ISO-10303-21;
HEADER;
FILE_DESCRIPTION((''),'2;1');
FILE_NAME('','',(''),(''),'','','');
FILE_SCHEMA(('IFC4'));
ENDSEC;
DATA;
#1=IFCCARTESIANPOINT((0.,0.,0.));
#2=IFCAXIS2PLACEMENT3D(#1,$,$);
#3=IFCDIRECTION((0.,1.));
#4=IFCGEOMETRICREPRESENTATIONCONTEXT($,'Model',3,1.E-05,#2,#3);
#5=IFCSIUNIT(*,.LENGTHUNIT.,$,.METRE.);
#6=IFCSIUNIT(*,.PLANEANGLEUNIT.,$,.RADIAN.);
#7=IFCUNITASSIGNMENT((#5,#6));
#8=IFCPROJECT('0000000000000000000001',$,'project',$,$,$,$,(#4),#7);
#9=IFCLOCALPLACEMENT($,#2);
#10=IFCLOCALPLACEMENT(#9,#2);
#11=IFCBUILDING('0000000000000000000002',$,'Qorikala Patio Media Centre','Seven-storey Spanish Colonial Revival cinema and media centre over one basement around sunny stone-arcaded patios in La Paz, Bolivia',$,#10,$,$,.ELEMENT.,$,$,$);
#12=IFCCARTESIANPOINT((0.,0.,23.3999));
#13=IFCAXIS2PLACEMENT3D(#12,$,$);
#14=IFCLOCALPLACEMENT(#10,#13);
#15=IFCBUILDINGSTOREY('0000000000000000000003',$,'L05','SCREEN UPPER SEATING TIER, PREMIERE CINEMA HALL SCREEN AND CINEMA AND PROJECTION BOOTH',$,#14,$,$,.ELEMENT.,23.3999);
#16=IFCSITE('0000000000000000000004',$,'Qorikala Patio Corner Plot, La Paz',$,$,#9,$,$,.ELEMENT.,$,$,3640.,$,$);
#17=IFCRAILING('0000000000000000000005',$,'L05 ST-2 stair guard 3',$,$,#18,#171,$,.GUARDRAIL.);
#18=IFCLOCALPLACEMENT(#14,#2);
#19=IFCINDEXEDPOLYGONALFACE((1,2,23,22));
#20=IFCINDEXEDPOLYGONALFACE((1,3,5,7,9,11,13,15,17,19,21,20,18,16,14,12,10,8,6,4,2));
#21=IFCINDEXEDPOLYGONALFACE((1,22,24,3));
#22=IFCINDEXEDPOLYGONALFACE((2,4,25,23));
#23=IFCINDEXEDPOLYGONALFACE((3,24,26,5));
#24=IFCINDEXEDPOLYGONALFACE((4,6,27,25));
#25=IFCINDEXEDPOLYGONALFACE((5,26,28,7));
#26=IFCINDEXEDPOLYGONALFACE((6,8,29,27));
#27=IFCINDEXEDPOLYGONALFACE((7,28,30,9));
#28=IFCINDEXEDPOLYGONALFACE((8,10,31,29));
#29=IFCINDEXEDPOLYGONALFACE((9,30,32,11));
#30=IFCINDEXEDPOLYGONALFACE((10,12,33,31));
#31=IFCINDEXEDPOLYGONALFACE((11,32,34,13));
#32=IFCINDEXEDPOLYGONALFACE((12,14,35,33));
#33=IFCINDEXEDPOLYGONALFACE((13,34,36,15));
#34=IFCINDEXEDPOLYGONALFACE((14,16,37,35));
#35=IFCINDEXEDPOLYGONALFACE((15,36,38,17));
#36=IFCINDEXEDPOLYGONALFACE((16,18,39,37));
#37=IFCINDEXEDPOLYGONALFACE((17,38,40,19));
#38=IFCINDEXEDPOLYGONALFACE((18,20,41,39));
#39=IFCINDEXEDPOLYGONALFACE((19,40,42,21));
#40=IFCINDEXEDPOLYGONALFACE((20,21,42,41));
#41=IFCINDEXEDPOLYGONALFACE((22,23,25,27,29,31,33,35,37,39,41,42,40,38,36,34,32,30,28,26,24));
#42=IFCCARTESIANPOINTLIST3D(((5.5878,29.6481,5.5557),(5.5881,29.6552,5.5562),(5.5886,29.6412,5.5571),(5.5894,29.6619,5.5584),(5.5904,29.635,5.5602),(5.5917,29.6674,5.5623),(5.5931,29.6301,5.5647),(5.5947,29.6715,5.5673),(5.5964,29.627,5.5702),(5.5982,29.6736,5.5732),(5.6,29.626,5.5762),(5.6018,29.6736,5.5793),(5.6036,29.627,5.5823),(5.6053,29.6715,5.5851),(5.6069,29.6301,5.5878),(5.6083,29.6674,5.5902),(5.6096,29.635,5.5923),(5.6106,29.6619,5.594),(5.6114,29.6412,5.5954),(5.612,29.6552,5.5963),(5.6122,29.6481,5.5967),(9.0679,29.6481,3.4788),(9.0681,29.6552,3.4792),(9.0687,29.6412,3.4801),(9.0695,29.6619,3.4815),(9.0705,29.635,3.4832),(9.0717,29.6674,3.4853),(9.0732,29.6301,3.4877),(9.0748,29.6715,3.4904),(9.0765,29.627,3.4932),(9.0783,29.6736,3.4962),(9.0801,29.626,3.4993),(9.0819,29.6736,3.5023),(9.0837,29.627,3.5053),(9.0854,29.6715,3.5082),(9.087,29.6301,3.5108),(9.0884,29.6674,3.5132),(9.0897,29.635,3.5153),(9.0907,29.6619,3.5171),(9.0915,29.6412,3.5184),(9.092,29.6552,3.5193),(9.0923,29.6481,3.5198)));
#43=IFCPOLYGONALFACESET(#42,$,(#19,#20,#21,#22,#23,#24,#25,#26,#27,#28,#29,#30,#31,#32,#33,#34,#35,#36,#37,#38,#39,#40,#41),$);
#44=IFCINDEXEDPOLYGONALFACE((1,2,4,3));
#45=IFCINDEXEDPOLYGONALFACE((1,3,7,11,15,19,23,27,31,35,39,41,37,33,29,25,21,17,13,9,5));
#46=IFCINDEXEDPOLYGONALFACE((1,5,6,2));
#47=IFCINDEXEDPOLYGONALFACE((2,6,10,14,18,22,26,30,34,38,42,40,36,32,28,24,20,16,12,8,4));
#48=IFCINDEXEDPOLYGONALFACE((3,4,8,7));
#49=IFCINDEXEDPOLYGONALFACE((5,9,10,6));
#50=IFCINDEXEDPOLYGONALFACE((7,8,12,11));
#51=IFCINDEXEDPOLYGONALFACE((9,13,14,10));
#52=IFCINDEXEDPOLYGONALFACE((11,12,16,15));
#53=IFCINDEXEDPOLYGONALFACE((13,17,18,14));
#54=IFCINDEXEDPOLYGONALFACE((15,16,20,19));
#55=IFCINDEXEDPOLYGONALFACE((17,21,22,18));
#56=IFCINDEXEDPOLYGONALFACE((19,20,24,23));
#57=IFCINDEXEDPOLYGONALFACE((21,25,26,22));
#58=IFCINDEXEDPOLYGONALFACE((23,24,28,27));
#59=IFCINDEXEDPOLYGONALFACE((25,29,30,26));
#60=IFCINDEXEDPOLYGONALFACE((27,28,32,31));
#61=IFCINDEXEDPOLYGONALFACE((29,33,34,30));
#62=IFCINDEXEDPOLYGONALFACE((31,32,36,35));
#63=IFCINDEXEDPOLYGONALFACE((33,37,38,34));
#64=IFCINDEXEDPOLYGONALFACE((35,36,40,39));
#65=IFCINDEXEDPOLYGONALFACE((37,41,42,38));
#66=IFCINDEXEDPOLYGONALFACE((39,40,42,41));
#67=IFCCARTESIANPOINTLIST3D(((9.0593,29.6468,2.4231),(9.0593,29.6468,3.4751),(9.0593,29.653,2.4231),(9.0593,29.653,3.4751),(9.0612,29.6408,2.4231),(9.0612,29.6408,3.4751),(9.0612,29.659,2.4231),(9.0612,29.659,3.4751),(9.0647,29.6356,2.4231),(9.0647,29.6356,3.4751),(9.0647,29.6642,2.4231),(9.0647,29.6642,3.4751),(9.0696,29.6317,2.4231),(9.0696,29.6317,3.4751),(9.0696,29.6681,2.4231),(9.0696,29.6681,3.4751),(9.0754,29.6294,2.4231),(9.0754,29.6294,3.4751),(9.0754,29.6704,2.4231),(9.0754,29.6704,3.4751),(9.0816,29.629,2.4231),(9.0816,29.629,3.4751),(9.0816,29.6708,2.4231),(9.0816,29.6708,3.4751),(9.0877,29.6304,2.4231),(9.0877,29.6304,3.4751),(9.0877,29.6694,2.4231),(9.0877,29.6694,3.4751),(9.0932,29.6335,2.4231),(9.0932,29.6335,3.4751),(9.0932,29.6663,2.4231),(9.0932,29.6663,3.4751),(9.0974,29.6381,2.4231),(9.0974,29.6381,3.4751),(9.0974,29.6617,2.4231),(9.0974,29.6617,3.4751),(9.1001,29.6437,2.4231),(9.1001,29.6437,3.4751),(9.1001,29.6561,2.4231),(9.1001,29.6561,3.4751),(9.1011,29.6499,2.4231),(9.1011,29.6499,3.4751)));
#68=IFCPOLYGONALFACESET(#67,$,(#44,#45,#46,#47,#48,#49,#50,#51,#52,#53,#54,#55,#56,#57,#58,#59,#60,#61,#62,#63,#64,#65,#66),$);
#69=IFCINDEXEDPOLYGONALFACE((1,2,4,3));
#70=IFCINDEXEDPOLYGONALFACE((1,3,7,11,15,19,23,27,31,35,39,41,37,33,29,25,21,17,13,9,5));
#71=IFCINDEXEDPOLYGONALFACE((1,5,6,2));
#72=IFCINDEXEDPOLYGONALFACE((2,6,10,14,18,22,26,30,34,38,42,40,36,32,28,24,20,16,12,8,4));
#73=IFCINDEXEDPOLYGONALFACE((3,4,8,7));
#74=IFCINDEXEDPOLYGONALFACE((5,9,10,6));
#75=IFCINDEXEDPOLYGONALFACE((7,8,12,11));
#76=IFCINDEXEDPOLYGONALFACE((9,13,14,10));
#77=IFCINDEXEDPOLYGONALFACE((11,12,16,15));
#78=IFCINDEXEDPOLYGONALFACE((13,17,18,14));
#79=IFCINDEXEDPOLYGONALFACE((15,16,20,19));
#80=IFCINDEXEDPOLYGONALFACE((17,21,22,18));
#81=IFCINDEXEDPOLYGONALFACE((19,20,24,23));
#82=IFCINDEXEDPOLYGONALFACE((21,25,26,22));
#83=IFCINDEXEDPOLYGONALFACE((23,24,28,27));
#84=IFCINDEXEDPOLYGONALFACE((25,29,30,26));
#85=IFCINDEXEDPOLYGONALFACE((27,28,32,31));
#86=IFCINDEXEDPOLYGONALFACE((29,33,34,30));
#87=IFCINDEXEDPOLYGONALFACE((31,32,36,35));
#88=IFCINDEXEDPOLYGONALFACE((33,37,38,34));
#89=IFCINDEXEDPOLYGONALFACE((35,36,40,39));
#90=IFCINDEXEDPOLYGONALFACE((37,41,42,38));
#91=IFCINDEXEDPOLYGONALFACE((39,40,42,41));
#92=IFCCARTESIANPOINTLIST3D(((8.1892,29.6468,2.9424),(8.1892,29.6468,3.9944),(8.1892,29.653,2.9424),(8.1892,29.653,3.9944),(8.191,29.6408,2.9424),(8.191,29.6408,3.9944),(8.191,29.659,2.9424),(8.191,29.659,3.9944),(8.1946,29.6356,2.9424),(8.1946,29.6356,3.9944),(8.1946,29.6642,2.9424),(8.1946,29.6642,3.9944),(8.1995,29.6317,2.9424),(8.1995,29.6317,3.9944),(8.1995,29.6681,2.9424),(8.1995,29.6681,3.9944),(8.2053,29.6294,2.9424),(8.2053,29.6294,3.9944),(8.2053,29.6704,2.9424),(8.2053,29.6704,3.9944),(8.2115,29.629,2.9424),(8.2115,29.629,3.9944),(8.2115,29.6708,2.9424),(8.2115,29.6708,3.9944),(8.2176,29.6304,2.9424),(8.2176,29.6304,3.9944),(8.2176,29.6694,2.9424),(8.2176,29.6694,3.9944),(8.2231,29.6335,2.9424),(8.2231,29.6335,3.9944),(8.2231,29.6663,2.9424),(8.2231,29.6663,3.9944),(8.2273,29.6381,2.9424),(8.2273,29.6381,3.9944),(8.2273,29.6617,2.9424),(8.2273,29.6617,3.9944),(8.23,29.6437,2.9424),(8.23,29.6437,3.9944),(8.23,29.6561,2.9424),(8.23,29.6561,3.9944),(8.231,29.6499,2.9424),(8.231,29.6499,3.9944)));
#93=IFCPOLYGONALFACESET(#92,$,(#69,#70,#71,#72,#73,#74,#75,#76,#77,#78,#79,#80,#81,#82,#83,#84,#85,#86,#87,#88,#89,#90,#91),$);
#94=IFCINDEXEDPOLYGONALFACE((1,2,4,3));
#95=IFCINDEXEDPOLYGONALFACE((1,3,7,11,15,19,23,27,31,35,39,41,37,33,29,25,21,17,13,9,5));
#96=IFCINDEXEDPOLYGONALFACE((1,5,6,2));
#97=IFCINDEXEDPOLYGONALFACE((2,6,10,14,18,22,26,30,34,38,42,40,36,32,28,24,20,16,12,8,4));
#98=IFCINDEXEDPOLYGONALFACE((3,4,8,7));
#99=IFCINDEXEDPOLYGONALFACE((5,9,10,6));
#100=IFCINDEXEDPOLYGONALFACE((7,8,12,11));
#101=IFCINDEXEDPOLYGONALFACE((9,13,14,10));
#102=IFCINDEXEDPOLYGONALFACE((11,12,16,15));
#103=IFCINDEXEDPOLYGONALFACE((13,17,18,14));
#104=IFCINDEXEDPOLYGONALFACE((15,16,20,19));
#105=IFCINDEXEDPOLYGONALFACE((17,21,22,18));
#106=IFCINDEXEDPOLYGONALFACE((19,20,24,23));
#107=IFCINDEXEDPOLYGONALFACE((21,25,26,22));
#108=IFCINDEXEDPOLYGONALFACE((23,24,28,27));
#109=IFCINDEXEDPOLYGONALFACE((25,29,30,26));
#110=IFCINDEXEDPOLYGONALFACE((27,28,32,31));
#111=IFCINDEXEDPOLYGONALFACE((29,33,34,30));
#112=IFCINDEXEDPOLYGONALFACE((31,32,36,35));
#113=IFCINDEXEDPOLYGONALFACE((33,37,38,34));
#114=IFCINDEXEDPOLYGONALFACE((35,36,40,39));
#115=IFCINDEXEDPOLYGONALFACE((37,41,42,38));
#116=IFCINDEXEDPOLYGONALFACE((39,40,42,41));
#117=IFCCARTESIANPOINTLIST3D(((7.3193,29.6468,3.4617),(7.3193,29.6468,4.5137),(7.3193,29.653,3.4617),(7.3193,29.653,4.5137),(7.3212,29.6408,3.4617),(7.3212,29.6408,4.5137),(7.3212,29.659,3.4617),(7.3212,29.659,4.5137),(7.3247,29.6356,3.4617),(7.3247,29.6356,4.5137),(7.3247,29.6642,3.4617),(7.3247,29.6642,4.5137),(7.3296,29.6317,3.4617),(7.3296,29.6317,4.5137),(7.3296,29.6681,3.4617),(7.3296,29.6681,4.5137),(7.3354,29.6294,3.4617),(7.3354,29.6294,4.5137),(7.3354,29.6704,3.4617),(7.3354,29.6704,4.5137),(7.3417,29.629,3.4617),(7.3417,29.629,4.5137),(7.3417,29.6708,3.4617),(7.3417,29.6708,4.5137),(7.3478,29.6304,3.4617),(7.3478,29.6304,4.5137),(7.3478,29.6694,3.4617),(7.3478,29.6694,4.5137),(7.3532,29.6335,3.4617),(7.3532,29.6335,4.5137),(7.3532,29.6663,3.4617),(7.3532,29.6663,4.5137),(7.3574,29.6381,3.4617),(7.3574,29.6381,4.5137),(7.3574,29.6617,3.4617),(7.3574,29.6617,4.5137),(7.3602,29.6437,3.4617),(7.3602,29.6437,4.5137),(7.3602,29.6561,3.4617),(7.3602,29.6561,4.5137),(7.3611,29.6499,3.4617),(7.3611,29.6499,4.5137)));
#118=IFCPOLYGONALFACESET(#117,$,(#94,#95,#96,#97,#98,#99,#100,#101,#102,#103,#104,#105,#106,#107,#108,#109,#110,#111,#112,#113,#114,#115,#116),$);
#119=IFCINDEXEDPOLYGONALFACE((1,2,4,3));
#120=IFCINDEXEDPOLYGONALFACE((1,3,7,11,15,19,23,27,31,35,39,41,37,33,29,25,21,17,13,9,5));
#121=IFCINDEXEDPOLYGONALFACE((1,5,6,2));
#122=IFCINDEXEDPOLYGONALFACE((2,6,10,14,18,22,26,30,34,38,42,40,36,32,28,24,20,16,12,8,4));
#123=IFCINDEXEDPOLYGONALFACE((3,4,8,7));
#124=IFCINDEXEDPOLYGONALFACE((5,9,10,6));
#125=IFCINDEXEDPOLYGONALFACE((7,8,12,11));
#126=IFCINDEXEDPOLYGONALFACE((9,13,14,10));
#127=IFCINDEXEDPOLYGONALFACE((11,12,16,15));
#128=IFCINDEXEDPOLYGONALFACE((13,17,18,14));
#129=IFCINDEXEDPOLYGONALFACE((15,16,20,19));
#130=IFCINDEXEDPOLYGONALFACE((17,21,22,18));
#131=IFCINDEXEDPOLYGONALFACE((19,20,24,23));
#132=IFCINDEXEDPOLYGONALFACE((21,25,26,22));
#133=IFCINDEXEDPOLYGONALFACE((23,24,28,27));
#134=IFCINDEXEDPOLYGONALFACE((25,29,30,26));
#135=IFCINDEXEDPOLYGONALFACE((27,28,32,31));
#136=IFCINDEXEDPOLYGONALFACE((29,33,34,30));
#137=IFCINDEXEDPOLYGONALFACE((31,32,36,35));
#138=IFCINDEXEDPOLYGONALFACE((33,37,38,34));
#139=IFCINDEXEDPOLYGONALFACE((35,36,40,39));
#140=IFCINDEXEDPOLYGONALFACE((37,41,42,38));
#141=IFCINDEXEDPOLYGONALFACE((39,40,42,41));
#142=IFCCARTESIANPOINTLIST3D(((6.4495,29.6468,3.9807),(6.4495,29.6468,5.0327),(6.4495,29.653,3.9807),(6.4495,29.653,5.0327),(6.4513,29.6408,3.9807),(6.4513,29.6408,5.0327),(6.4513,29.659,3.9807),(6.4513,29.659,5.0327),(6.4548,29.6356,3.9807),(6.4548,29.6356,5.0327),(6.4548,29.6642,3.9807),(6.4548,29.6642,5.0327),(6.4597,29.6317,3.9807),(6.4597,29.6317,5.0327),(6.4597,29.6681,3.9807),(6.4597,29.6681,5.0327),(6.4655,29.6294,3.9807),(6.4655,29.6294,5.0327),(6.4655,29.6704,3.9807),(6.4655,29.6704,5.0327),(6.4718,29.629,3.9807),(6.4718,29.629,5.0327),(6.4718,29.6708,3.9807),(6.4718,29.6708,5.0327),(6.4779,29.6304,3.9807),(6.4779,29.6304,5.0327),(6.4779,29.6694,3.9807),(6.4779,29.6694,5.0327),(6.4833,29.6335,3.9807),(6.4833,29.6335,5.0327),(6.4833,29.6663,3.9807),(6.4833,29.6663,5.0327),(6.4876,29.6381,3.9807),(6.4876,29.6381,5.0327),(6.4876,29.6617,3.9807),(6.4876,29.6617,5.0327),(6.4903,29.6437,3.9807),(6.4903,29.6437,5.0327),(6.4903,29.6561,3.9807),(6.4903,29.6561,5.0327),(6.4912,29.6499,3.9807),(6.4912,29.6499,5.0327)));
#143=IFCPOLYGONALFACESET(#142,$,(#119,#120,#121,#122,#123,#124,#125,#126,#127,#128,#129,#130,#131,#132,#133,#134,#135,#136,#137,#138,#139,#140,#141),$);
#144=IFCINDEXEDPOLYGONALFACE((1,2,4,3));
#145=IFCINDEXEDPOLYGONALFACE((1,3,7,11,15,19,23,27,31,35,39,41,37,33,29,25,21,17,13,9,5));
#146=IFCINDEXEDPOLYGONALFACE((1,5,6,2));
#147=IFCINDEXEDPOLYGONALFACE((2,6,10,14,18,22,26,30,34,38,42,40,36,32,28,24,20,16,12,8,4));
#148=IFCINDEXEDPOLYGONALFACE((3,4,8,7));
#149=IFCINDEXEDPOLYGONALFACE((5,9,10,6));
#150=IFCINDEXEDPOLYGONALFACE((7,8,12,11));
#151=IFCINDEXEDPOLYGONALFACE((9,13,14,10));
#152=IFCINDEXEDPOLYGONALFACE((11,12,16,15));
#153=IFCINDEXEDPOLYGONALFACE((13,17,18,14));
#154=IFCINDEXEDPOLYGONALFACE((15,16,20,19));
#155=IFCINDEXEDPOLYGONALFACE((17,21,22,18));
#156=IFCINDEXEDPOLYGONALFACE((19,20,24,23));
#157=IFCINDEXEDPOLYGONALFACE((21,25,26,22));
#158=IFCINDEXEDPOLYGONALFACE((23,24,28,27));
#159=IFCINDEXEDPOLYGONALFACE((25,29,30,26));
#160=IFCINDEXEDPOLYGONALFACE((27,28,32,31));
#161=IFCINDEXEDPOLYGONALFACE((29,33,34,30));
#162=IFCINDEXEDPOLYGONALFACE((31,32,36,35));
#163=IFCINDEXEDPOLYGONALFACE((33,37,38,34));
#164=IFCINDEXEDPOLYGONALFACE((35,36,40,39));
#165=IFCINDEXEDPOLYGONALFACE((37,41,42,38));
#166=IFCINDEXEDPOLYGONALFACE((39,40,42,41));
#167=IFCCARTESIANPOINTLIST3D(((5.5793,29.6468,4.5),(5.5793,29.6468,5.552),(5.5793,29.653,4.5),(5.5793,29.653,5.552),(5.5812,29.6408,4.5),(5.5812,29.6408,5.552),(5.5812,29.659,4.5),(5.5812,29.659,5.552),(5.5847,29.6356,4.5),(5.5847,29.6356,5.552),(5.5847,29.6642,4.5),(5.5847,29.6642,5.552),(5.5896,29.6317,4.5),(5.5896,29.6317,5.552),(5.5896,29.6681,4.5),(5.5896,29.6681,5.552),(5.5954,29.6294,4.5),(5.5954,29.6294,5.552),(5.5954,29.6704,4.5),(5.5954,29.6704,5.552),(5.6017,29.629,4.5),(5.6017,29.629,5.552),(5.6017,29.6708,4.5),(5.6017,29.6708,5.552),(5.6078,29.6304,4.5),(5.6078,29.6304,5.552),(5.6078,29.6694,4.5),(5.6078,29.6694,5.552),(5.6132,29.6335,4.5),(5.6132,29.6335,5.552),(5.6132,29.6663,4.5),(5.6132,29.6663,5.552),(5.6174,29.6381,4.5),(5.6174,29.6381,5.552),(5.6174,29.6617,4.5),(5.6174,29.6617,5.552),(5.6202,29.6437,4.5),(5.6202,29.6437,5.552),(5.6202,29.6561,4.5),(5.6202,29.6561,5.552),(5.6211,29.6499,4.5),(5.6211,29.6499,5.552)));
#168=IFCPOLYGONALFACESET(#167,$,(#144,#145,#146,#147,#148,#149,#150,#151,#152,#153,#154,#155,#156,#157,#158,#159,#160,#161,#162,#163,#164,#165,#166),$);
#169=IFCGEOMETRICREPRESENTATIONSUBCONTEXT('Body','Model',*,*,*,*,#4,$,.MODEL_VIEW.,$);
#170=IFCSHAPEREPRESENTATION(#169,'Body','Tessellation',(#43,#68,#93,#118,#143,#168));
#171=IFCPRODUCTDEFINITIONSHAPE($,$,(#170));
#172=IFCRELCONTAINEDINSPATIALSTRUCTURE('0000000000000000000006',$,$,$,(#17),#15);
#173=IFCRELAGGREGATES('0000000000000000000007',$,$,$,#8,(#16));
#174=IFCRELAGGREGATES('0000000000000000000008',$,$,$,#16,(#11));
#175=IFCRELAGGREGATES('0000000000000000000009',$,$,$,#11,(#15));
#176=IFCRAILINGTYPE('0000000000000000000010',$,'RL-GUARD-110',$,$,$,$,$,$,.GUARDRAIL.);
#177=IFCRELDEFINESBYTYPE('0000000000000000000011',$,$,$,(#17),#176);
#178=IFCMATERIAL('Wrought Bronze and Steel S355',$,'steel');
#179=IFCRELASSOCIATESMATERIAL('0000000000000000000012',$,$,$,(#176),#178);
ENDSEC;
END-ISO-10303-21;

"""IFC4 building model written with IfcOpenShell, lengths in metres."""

from ifc_helpers import new_model, si_unit, direction, frame, origin, origin_2d, place, context, subcontext, project, spatial, circle, extrude, material, type_object, element, save


model = new_model("IFC4")

# Units and contexts
model_context = context("Model", 3, precision=1e-05, world=origin(), true_north=direction((0.0, 1.0)))
body_context = subcontext(model_context, "Body", "Model", "MODEL_VIEW")
ifc_project = project(units=[si_unit("LENGTHUNIT", "METRE"), si_unit("PLANEANGLEUNIT", "RADIAN")], contexts=[model_context])

# Site, building, storey
site_placement = place(None, origin())
site = spatial("IfcSite", under=ifc_project, at=site_placement, Name="Qorikala Patio Corner Plot, La Paz", CompositionType="ELEMENT", RefElevation=3640.0)
building_placement = place(site_placement, origin())
building = spatial("IfcBuilding", under=site, at=building_placement, Name="Qorikala Patio Media Centre", Description="Seven-storey Spanish Colonial Revival cinema and media centre over one basement around sunny stone-arcaded patios in La Paz, Bolivia", CompositionType="ELEMENT")
storey_placement = place(building_placement, frame((0.0, 0.0, 23.3999)))
storey = spatial("IfcBuildingStorey", under=building, at=storey_placement, Name="L05", Description="SCREEN UPPER SEATING TIER, PREMIERE CINEMA HALL SCREEN AND CINEMA AND PROJECTION BOOTH", CompositionType="ELEMENT", Elevation=23.3999)

# Railing
ifc_material_1 = material(Name="Wrought Bronze and Steel S355", Category="steel")
railing_type_1 = type_object("IfcRailingType", Name="RL-GUARD-110", PredefinedType="GUARDRAIL", material=ifc_material_1)
railing_1_placement = place(storey_placement, frame((9.0801, 29.6499, 2.4231)))
element("IfcRailing", 1, at=railing_1_placement, inside=storey, type_object=railing_type_1, Name="L05 ST-2 stair guard 3", PredefinedType="GUARDRAIL", context=body_context, shape_type="SweptSolid", body=[
    extrude(circle(Radius=0.0239, at=origin_2d()), frame((0.0, 0.0, 1.0762), z_axis=(-0.858697, 0.0, 0.512483), x_axis=(0.0, -1.0, 0.0)), (0.0, 0.0, 1.0), 4.0527),
    extrude(circle(Radius=0.021, at=origin_2d()), origin(), (0.0, 0.0, 1.0), 1.052),
    extrude(circle(Radius=0.021, at=origin_2d()), frame((-0.8701, 0.0, 0.5193)), (0.0, 0.0, 1.0), 1.052),
    extrude(circle(Radius=0.021, at=origin_2d()), frame((-1.74, 0.0, 1.0386)), (0.0, 0.0, 1.0), 1.052),
    extrude(circle(Radius=0.021, at=origin_2d()), frame((-2.6099, 0.0, 1.5576)), (0.0, 0.0, 1.0), 1.052),
    extrude(circle(Radius=0.021, at=origin_2d()), frame((-3.48, 0.0, 2.0769)), (0.0, 0.0, 1.0), 1.052),
])

save(model, "model.ifc")
